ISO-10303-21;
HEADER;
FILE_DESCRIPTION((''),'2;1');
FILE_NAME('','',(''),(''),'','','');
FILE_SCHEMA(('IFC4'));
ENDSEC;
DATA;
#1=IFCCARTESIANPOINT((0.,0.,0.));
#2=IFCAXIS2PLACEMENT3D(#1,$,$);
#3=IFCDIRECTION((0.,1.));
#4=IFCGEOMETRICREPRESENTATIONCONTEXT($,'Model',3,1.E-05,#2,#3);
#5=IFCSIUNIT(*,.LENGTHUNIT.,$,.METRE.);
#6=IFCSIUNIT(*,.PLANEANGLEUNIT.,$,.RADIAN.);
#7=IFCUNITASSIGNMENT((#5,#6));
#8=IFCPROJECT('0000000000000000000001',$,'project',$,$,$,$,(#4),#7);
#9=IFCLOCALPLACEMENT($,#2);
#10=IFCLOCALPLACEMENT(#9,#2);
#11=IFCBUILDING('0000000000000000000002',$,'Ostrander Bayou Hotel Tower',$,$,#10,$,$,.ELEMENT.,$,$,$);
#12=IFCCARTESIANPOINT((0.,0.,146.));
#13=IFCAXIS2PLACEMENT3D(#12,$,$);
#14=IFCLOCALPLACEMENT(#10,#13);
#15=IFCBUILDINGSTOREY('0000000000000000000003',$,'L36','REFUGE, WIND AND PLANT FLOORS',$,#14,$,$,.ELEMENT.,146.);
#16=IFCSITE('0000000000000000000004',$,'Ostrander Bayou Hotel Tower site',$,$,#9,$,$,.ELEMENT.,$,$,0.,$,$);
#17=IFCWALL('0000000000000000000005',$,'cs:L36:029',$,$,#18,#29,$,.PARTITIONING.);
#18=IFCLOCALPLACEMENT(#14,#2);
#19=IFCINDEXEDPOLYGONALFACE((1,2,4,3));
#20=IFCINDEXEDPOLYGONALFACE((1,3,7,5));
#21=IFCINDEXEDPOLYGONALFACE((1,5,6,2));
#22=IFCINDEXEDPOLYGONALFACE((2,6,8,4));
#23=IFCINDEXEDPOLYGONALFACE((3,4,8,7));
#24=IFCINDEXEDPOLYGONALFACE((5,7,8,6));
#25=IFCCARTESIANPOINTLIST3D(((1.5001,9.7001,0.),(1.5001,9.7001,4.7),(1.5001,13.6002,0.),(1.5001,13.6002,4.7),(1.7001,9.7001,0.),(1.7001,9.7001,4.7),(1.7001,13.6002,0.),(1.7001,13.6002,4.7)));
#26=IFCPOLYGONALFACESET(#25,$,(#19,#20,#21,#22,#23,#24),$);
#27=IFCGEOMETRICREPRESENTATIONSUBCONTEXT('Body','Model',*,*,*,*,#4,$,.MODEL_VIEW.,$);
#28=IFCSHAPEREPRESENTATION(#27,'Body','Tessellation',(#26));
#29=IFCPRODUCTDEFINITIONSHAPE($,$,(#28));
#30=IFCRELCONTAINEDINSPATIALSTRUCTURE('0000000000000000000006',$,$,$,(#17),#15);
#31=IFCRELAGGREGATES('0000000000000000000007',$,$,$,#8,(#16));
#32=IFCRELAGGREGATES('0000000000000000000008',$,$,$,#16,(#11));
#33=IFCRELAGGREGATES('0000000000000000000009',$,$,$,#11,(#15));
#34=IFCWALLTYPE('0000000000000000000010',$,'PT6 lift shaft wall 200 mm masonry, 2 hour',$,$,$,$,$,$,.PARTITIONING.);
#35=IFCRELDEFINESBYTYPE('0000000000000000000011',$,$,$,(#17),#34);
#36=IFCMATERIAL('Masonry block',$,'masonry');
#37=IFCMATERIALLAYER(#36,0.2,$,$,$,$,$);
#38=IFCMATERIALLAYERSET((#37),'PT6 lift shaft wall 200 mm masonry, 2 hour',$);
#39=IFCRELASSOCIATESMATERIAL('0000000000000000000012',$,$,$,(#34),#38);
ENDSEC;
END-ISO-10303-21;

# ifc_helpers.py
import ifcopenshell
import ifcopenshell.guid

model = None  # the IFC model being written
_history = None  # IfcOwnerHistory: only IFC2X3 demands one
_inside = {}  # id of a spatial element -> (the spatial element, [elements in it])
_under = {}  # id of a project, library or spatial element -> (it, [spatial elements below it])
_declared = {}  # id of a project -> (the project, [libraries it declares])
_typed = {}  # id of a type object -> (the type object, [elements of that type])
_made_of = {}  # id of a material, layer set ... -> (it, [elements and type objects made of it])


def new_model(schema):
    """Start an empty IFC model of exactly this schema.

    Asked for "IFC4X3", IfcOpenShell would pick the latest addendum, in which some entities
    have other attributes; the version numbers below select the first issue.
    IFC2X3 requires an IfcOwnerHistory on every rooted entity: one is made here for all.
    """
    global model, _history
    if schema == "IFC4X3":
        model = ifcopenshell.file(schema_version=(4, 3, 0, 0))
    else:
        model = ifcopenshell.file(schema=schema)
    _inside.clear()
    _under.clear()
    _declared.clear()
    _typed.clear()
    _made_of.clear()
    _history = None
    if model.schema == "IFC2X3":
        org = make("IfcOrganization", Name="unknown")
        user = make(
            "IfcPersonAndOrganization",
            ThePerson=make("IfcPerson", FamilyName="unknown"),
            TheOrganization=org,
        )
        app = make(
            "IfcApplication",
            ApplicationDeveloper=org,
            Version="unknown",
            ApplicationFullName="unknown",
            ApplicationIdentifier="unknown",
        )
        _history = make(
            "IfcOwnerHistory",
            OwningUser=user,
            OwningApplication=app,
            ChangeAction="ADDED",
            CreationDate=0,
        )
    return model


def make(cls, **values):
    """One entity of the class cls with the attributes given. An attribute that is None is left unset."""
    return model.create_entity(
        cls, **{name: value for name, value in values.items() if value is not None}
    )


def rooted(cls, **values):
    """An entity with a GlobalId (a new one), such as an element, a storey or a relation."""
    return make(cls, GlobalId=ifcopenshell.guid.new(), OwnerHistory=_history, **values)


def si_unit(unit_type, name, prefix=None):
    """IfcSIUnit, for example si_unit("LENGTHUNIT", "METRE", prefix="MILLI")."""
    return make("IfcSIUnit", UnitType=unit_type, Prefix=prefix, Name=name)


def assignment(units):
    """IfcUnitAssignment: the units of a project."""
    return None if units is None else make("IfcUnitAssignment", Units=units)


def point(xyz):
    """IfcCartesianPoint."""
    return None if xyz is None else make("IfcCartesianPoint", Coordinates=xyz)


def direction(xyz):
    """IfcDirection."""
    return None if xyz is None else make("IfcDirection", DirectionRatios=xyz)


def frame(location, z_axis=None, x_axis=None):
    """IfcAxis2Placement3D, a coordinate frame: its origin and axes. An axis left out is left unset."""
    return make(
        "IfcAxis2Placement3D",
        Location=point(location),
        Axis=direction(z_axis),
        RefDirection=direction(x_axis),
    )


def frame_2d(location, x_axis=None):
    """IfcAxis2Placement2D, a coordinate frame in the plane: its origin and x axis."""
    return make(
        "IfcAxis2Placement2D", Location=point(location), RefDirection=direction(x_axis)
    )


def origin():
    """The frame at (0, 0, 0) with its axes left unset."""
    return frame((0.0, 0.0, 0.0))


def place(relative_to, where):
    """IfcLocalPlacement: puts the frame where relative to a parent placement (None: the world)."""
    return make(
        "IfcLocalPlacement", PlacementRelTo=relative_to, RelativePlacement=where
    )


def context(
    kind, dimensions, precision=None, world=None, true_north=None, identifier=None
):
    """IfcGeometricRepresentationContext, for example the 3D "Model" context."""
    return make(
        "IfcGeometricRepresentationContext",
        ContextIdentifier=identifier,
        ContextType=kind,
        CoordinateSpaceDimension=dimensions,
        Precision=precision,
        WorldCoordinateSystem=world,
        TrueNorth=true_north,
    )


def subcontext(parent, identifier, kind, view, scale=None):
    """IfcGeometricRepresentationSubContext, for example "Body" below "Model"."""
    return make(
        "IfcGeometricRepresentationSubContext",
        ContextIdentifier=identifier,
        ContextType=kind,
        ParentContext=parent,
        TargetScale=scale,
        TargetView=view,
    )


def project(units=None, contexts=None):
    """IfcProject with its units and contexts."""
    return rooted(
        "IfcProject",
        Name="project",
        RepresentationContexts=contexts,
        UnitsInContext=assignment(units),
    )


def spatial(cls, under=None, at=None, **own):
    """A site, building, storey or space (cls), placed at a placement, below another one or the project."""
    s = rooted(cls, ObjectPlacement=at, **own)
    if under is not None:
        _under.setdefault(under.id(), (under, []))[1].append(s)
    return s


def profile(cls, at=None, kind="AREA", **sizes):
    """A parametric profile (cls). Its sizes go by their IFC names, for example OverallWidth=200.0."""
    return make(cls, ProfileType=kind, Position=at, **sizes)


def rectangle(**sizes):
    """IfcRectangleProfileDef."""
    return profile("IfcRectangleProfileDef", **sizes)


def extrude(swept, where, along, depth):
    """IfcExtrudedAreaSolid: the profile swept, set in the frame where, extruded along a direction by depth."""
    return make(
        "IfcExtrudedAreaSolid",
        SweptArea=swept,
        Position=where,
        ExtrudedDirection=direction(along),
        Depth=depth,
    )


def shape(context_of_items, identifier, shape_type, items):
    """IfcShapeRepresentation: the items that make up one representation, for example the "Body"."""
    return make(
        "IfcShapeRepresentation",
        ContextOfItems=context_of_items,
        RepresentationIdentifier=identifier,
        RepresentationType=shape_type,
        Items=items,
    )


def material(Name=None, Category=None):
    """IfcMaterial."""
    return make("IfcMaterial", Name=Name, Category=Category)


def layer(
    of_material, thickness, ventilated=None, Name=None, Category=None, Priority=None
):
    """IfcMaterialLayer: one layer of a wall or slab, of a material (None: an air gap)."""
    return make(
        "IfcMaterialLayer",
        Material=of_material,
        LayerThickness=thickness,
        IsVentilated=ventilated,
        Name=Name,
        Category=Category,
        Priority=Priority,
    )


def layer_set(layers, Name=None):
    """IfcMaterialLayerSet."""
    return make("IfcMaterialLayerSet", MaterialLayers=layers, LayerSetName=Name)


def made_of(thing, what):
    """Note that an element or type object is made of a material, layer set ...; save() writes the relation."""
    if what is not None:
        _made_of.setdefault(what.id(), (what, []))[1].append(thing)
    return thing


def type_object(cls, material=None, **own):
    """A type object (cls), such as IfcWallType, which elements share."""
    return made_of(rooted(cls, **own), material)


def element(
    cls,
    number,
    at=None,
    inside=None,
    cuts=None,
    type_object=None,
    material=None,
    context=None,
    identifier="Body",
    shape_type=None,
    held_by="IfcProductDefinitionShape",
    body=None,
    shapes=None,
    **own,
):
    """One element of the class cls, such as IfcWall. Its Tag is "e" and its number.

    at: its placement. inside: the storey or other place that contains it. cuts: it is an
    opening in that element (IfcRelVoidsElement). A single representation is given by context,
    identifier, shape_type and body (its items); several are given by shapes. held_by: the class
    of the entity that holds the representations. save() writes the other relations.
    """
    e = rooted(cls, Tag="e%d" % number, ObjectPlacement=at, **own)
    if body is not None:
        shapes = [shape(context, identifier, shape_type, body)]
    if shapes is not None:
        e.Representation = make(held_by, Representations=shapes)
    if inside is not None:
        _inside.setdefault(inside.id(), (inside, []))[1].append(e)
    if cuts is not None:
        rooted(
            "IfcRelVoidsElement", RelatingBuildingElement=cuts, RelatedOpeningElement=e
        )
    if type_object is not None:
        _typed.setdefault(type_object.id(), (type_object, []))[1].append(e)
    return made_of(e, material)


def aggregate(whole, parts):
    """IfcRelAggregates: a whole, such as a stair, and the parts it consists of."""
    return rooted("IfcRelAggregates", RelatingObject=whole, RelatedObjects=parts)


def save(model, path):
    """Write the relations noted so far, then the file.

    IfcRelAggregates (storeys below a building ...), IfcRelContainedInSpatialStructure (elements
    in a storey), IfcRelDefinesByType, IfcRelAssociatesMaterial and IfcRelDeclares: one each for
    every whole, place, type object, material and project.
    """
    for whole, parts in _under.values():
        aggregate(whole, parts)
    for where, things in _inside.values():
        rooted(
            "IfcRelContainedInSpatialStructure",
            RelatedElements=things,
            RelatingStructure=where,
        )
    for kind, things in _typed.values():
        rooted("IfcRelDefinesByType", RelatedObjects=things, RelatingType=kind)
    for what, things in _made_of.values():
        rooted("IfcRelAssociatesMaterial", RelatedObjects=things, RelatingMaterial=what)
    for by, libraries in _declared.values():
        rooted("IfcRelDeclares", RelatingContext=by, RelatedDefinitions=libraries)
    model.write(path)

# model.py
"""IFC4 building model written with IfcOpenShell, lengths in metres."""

from ifc_helpers import new_model, si_unit, direction, frame, frame_2d, origin, place, context, subcontext, project, spatial, rectangle, extrude, material, layer, layer_set, type_object, element, save


model = new_model("IFC4")

# Units and contexts
model_context = context("Model", 3, precision=1e-05, world=origin(), true_north=direction((0.0, 1.0)))
body_context = subcontext(model_context, "Body", "Model", "MODEL_VIEW")
ifc_project = project(units=[si_unit("LENGTHUNIT", "METRE"), si_unit("PLANEANGLEUNIT", "RADIAN")], contexts=[model_context])

# Site, building, storey
site_placement = place(None, origin())
site = spatial("IfcSite", under=ifc_project, at=site_placement, Name="Ostrander Bayou Hotel Tower site", CompositionType="ELEMENT", RefElevation=0.0)
building_placement = place(site_placement, origin())
building = spatial("IfcBuilding", under=site, at=building_placement, Name="Ostrander Bayou Hotel Tower", CompositionType="ELEMENT")
storey_placement = place(building_placement, frame((0.0, 0.0, 146.0)))
storey = spatial("IfcBuildingStorey", under=building, at=storey_placement, Name="L36", Description="REFUGE, WIND AND PLANT FLOORS", CompositionType="ELEMENT", Elevation=146.0)

# Wall
ifc_material_1 = material(Name="Masonry block", Category="masonry")
ifc_layer_1 = layer(ifc_material_1, 0.2)
ifc_layer_set_1 = layer_set([ifc_layer_1], Name="PT6 lift shaft wall 200 mm masonry, 2 hour")
wall_type_1 = type_object("IfcWallType", Name="PT6 lift shaft wall 200 mm masonry, 2 hour", PredefinedType="PARTITIONING", material=ifc_layer_set_1)
wall_1_placement = place(storey_placement, frame((1.6001, 9.7, 0.0), z_axis=(0.0, 0.0, 1.0), x_axis=(0.0, 1.0, 0.0)))
element("IfcWall", 1, at=wall_1_placement, inside=storey, type_object=wall_type_1, Name="cs:L36:029", PredefinedType="PARTITIONING", context=body_context, shape_type="SweptSolid", body=[
    extrude(rectangle(XDim=3.9001, YDim=0.2, at=frame_2d((1.9502, 0.0))), origin(), (0.0, 0.0, 1.0), 4.7),
])

save(model, "model.ifc")
